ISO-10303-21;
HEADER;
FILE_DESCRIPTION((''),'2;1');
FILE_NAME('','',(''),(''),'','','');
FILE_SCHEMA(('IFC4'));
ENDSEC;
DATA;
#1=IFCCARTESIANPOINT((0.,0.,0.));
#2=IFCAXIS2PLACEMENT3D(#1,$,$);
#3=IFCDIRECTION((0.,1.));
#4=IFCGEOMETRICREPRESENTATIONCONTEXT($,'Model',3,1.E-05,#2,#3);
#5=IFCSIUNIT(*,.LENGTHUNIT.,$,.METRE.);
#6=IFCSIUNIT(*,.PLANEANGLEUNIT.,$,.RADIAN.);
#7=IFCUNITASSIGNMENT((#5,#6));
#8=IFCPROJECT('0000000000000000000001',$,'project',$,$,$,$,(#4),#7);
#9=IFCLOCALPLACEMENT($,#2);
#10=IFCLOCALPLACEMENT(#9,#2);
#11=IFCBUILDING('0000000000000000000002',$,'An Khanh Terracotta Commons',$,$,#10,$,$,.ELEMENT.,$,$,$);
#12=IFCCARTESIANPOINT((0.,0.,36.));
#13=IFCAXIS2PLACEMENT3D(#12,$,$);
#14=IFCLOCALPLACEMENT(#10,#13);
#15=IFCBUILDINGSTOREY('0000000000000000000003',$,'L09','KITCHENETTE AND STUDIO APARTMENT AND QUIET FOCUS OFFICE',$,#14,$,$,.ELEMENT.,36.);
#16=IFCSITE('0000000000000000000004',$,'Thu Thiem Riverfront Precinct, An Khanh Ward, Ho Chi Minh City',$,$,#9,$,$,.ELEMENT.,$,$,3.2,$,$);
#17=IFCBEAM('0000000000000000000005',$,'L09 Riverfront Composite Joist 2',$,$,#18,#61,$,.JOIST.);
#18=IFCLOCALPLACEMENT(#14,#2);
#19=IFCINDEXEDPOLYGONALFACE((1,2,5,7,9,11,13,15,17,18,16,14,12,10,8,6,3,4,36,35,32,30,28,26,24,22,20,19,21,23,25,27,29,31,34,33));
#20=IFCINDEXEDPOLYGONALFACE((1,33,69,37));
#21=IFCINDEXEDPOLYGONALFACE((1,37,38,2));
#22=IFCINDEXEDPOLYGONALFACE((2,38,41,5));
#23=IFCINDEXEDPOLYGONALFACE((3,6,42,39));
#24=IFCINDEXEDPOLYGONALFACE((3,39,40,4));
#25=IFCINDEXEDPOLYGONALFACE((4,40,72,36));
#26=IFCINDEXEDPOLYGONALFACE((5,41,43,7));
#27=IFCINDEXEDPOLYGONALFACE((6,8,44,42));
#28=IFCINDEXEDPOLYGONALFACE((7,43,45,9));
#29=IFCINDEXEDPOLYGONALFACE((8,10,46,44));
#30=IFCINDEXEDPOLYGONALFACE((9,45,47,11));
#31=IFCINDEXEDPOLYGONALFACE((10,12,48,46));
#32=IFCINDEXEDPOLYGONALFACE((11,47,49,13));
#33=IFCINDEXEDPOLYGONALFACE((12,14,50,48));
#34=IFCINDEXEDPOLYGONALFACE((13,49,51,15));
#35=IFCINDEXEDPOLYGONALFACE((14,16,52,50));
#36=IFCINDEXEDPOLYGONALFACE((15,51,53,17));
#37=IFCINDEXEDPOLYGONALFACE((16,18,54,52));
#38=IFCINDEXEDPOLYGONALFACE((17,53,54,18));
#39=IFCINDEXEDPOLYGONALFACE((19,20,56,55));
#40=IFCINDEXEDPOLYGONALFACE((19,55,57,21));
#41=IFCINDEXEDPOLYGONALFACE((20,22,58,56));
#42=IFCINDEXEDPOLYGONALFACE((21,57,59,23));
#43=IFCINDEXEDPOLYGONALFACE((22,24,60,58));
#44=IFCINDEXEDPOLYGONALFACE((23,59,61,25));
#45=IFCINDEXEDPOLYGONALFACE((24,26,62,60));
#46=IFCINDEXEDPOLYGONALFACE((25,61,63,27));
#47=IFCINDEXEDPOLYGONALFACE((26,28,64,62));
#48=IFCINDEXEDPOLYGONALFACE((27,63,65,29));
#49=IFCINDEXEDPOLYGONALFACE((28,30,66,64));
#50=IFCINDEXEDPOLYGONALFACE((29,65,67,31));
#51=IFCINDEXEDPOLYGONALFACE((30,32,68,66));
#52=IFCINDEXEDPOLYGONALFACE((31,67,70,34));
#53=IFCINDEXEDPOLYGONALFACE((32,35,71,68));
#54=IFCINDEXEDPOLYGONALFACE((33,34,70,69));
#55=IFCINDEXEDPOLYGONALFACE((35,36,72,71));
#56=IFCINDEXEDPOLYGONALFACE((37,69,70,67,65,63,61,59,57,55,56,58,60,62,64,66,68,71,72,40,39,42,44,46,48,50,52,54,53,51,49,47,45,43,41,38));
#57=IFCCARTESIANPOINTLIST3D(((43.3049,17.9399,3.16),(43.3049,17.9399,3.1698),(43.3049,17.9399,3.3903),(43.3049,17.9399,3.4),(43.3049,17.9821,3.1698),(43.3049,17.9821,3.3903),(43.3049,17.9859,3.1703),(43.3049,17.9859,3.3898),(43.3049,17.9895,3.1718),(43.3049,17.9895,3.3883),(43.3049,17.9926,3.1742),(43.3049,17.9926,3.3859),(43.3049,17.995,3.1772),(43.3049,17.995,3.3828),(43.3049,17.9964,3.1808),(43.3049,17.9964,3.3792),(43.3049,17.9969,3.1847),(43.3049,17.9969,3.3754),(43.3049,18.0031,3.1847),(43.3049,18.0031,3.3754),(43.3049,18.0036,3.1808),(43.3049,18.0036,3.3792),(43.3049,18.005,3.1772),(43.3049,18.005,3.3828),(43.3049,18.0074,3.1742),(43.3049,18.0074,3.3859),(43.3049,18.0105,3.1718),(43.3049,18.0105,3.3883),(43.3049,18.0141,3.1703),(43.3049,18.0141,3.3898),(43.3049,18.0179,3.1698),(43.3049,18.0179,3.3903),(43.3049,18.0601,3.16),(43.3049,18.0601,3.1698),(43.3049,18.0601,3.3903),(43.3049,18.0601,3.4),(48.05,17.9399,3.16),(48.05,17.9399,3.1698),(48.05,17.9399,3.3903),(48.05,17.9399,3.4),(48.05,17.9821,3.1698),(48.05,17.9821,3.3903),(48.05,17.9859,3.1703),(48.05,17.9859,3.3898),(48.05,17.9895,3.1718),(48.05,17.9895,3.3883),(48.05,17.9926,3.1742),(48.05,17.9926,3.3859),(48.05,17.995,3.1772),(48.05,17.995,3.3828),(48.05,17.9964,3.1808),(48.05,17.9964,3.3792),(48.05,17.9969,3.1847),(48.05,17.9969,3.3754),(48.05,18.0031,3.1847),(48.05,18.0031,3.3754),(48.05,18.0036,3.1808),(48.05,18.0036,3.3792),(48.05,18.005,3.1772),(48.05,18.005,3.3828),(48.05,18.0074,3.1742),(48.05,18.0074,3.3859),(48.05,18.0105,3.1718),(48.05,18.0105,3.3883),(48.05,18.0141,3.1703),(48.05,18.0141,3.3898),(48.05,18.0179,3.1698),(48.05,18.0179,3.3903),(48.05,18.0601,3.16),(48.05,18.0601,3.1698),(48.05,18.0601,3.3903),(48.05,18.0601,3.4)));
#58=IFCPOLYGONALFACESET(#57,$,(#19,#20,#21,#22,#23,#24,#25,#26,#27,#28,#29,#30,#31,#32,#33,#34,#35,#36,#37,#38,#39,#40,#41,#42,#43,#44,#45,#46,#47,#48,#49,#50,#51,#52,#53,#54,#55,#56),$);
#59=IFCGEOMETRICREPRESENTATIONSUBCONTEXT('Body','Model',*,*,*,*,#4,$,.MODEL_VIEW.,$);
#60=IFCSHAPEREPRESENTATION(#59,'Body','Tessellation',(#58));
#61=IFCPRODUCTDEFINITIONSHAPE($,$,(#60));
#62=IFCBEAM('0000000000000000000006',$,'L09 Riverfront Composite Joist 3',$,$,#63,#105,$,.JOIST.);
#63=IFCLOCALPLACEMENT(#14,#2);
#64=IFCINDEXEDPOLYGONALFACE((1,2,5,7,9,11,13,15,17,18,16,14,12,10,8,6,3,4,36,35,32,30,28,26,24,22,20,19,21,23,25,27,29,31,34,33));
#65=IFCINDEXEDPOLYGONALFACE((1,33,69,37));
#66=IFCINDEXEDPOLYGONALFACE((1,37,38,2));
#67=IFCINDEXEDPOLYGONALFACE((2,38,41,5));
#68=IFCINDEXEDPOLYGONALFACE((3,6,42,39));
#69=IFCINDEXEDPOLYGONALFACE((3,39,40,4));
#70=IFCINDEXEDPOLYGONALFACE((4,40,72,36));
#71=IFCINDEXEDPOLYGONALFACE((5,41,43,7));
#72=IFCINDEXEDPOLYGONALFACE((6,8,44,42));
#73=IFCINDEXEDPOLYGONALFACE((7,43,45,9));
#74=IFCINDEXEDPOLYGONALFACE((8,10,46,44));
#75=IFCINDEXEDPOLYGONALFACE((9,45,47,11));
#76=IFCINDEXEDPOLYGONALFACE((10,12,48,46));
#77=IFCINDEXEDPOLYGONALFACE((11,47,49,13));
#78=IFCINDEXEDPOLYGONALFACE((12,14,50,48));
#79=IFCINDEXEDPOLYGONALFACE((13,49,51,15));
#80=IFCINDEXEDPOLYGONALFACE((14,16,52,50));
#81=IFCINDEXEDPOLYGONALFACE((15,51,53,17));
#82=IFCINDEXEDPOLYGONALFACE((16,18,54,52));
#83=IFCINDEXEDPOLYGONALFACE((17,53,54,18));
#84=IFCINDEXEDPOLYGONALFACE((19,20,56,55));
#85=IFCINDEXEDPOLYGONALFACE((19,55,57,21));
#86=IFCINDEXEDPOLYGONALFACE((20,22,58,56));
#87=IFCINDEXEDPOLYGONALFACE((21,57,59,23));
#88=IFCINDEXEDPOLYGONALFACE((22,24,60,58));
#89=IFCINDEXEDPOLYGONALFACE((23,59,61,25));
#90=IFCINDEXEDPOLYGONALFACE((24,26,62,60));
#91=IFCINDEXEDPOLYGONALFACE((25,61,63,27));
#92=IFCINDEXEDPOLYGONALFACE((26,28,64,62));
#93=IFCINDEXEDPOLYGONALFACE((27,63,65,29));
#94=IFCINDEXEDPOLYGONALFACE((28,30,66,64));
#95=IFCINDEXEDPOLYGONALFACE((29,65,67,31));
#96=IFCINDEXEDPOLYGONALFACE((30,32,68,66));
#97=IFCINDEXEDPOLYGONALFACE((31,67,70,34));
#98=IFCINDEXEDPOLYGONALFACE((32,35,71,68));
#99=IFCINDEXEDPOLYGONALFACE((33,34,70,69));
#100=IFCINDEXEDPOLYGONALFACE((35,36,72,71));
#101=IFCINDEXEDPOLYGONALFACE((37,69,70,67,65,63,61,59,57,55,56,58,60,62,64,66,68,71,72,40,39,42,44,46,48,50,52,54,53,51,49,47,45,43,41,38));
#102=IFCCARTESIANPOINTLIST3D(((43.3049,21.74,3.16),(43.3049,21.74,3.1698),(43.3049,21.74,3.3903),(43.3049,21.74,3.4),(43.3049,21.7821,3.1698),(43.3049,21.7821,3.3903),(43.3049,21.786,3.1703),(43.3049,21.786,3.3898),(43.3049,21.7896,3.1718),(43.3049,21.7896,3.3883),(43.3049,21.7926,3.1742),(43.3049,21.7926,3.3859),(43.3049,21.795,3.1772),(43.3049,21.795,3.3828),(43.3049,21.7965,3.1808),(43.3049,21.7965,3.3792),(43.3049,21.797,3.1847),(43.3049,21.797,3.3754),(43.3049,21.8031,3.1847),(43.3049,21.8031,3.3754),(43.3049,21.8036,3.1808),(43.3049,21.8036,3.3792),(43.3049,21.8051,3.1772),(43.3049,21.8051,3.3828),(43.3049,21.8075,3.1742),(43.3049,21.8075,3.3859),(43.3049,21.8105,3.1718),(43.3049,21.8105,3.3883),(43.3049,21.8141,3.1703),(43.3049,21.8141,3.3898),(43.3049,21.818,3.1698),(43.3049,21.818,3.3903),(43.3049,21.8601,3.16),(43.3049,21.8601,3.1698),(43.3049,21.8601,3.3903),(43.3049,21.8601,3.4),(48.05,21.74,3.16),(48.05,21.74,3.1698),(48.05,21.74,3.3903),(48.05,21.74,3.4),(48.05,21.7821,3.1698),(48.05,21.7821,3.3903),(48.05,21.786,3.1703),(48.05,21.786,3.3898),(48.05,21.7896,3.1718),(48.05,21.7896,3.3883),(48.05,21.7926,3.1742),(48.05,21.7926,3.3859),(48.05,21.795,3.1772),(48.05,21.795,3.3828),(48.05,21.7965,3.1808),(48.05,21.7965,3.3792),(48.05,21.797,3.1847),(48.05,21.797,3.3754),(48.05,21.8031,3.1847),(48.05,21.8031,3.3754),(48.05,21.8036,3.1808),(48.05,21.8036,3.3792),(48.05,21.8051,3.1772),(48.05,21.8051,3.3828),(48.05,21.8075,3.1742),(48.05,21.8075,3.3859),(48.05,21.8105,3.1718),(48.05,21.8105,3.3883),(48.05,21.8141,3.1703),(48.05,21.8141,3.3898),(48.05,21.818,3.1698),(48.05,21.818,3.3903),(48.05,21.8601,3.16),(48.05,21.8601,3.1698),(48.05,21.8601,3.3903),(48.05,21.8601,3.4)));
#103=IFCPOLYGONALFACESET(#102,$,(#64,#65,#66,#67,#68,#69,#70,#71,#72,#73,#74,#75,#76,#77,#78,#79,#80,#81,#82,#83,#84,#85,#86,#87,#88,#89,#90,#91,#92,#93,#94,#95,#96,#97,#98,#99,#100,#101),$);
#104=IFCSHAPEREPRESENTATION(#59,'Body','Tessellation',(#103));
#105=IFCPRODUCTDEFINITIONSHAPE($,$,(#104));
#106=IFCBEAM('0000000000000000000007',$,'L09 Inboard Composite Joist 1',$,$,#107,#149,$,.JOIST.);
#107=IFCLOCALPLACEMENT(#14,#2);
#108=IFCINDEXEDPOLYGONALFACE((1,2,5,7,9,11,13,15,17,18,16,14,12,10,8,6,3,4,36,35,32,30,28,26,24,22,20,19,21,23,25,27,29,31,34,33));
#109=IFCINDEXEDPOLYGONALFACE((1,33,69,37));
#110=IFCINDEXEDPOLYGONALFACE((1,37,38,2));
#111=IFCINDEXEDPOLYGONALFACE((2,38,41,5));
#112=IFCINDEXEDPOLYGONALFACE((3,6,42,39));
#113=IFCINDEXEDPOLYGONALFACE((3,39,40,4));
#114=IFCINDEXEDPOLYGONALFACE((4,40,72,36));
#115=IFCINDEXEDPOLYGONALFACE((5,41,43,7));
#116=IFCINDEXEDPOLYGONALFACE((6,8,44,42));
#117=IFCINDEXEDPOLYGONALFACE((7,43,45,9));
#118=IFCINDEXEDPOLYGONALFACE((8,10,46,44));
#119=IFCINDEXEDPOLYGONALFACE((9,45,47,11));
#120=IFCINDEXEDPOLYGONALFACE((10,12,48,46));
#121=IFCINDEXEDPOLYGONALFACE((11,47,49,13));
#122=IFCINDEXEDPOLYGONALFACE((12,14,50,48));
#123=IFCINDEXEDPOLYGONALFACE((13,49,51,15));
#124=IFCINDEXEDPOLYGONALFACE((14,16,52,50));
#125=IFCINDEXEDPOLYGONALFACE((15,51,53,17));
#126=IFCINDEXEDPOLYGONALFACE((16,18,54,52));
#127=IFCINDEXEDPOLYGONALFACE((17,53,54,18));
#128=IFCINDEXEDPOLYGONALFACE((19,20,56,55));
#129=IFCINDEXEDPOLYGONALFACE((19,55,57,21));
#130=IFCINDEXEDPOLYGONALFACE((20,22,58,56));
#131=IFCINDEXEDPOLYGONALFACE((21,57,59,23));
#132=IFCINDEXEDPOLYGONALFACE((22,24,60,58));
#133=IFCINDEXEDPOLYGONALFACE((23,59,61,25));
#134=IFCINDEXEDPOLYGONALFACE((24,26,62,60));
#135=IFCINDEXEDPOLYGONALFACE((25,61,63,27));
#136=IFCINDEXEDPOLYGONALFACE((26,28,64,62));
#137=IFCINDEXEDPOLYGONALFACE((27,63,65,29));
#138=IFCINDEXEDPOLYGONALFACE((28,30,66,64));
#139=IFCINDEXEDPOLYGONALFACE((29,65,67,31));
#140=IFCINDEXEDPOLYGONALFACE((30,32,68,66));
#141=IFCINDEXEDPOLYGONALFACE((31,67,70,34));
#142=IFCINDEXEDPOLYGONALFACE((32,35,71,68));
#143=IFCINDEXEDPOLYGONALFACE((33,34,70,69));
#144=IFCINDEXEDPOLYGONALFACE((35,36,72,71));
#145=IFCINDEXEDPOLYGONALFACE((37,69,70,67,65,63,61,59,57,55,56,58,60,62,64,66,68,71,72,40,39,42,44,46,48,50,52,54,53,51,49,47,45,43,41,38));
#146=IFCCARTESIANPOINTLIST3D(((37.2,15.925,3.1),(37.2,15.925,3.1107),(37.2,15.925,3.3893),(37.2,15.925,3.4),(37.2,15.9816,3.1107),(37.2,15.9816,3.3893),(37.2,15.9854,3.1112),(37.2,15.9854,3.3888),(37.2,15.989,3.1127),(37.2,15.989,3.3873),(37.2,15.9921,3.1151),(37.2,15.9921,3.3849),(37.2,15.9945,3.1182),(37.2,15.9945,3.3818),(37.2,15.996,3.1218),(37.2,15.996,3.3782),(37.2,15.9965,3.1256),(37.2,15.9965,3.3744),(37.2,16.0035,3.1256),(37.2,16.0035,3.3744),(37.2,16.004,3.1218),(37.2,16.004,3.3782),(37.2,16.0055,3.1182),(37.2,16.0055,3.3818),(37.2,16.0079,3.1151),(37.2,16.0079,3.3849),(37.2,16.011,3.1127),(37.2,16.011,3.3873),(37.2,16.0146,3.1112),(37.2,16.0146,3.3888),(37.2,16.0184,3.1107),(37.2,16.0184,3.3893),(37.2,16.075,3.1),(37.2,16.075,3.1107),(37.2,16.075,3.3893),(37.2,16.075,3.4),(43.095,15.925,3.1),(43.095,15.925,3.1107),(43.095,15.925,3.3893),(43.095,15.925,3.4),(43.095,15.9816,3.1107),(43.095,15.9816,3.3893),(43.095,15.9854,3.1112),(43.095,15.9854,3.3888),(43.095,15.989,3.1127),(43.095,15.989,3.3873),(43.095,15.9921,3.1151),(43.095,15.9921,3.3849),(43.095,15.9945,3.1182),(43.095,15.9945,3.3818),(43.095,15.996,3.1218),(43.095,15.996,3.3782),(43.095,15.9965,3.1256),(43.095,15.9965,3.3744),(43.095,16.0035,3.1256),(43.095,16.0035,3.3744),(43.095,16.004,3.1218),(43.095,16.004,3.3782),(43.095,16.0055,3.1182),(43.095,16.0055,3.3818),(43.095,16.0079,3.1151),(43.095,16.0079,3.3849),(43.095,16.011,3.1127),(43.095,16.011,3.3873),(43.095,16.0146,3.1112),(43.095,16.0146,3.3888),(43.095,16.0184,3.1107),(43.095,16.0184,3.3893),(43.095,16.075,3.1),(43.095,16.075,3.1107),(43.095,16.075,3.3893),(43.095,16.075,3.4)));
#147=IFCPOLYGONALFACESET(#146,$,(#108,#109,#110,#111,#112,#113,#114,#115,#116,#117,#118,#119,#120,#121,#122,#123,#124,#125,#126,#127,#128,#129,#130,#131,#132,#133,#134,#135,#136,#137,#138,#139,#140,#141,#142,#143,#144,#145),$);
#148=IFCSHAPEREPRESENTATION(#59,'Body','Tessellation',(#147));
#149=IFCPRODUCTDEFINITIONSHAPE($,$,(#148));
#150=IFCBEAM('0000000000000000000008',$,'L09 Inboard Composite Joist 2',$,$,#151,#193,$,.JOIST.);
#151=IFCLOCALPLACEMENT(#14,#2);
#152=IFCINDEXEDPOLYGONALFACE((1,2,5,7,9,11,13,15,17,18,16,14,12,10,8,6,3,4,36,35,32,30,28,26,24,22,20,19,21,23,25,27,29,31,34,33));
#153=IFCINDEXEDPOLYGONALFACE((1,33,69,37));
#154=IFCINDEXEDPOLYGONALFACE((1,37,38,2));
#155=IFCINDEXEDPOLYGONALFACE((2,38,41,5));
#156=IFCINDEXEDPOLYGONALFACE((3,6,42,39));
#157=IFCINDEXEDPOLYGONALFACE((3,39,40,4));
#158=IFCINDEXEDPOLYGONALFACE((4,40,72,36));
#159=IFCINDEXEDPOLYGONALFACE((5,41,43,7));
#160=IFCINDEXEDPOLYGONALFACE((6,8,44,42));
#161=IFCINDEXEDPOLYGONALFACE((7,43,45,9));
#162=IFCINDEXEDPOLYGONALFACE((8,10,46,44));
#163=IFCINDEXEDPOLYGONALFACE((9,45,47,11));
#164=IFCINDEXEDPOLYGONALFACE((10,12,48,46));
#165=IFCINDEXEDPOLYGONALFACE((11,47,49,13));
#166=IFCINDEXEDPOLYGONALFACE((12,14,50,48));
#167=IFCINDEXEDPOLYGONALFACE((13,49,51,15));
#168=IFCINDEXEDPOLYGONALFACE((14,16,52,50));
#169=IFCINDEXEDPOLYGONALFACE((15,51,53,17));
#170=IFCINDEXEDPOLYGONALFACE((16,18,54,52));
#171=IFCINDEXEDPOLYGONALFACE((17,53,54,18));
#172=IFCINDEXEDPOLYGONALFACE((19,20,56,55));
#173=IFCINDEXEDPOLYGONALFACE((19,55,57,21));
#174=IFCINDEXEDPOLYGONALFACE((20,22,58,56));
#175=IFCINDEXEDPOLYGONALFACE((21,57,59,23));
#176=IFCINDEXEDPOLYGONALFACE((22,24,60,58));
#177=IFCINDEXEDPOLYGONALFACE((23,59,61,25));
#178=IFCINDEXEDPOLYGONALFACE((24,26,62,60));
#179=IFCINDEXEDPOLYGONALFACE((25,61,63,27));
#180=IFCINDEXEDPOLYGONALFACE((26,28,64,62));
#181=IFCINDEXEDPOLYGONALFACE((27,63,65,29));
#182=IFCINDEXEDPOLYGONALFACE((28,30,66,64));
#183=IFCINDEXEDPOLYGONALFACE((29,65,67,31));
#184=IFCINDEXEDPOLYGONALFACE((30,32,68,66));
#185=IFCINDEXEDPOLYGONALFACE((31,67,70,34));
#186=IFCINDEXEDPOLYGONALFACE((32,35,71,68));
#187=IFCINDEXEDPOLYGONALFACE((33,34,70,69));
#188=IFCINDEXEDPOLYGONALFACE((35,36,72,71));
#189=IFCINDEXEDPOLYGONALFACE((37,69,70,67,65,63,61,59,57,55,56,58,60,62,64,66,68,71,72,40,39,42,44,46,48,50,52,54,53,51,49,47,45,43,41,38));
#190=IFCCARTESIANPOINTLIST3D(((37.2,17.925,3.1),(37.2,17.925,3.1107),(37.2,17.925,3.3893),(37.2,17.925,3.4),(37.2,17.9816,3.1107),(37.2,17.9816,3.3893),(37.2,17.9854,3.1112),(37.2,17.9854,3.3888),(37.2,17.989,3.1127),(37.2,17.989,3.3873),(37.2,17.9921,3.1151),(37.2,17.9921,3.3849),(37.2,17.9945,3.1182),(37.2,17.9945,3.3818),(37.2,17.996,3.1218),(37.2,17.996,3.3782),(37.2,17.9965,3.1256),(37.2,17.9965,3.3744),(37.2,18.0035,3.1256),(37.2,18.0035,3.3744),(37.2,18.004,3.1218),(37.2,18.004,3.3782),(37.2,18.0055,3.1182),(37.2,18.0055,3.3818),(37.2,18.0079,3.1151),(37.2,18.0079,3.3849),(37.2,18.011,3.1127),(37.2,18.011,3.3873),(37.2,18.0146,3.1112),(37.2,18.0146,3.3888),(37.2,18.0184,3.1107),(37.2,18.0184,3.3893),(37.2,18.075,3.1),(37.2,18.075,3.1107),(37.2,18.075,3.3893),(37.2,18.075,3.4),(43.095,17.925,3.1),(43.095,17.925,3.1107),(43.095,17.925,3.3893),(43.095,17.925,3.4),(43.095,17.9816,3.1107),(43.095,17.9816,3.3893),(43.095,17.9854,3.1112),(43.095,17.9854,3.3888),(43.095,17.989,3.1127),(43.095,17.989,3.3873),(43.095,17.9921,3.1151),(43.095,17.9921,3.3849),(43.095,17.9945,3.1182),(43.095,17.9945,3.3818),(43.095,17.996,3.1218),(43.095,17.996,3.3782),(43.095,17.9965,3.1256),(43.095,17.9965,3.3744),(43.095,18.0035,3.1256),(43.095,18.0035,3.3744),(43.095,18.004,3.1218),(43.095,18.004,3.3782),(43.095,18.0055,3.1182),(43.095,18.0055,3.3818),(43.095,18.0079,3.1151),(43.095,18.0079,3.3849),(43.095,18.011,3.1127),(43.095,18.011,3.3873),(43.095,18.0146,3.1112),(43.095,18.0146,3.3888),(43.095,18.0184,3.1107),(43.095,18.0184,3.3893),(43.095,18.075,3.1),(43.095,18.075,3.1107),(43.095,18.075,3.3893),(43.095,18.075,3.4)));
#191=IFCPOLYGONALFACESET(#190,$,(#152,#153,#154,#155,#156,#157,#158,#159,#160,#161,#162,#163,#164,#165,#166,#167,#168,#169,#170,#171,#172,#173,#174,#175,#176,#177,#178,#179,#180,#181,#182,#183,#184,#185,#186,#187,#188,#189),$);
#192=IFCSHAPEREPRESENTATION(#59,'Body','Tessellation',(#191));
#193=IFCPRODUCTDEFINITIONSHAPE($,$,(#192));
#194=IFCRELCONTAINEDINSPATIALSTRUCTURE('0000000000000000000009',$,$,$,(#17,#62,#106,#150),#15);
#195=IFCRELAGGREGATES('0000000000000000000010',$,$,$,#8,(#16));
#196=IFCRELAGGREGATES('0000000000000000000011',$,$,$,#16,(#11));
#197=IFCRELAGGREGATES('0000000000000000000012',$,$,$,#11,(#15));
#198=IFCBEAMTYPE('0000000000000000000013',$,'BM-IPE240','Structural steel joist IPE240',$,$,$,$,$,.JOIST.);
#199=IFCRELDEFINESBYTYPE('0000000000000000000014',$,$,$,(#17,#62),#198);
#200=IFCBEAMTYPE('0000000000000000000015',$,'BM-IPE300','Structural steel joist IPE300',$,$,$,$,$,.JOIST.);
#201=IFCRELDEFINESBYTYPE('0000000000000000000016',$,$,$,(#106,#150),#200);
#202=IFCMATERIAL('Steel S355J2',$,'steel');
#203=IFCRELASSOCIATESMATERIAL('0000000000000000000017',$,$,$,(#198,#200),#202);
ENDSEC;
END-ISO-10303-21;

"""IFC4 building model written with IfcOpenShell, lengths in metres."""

from ifc_helpers import new_model, si_unit, direction, frame, origin, origin_2d, place, context, subcontext, project, spatial, i_section, extrude, material, material_profile, profile_set, type_object, element, save


model = new_model("IFC4")

# Units and contexts
model_context = context("Model", 3, precision=1e-05, world=origin(), true_north=direction((0.0, 1.0)))
body_context = subcontext(model_context, "Body", "Model", "MODEL_VIEW")
ifc_project = project(units=[si_unit("LENGTHUNIT", "METRE"), si_unit("PLANEANGLEUNIT", "RADIAN")], contexts=[model_context])

# Site, building, storey
site_placement = place(None, origin())
site = spatial("IfcSite", under=ifc_project, at=site_placement, Name="Thu Thiem Riverfront Precinct, An Khanh Ward, Ho Chi Minh City", CompositionType="ELEMENT", RefElevation=3.2)
building_placement = place(site_placement, origin())
building = spatial("IfcBuilding", under=site, at=building_placement, Name="An Khanh Terracotta Commons", CompositionType="ELEMENT")
storey_placement = place(building_placement, frame((0.0, 0.0, 36.0)))
storey = spatial("IfcBuildingStorey", under=building, at=storey_placement, Name="L09", Description="KITCHENETTE AND STUDIO APARTMENT AND QUIET FOCUS OFFICE", CompositionType="ELEMENT", Elevation=36.0)

# Beams
ifc_material_1 = material(Name="Steel S355J2", Category="steel")
ifc_material_profile_1 = material_profile(ifc_material_1, i_section(OverallWidth=0.1201, OverallDepth=0.24, WebThickness=0.0061, FlangeThickness=0.0098, FilletRadius=0.0149, at=origin_2d()), Name="IPE240")
ifc_profile_set_1 = profile_set([ifc_material_profile_1], Name="Steel S355J2")
beam_type_1 = type_object("IfcBeamType", Name="BM-IPE240", Description="Structural steel joist IPE240", PredefinedType="JOIST", material=ifc_profile_set_1)
for number, where, z_axis, x_axis, name in (
    (1, (43.3049, 18.0, 3.28), (1.0, 0.0, 0.0), (0.0, 1.0, 0.0), "L09 Riverfront Composite Joist 2"),
    (2, (43.3049, 21.8, 3.28), (1.0, 0.0, 0.0), (0.0, 1.0, 0.0), "L09 Riverfront Composite Joist 3"),
):
    element("IfcBeam", number, at=place(storey_placement, frame(where, z_axis=z_axis, x_axis=x_axis)), inside=storey, type_object=beam_type_1, Name=name, PredefinedType="JOIST", context=body_context, shape_type="SweptSolid", body=[
        extrude(i_section(OverallWidth=0.1201, OverallDepth=0.24, WebThickness=0.0061, FlangeThickness=0.0098, FilletRadius=0.0149, at=origin_2d()), origin(), (0.0, 0.0, 1.0), 4.7451),
    ])
ifc_material_profile_2 = material_profile(ifc_material_1, i_section(OverallWidth=0.1499, OverallDepth=0.3, WebThickness=0.0071, FlangeThickness=0.0107, FilletRadius=0.0149, at=origin_2d()), Name="IPE300")
ifc_profile_set_2 = profile_set([ifc_material_profile_2], Name="Steel S355J2")
beam_type_2 = type_object("IfcBeamType", Name="BM-IPE300", Description="Structural steel joist IPE300", PredefinedType="JOIST", material=ifc_profile_set_2)
for number, where, z_axis, x_axis, name in (
    (3, (37.2, 16.0, 3.25), (1.0, 0.0, 0.0), (0.0, 1.0, 0.0), "L09 Inboard Composite Joist 1"),
    (4, (37.2, 18.0, 3.25), (1.0, 0.0, 0.0), (0.0, 1.0, 0.0), "L09 Inboard Composite Joist 2"),
):
    element("IfcBeam", number, at=place(storey_placement, frame(where, z_axis=z_axis, x_axis=x_axis)), inside=storey, type_object=beam_type_2, Name=name, PredefinedType="JOIST", context=body_context, shape_type="SweptSolid", body=[
        extrude(i_section(OverallWidth=0.1499, OverallDepth=0.3, WebThickness=0.0071, FlangeThickness=0.0107, FilletRadius=0.0149, at=origin_2d()), origin(), (0.0, 0.0, 1.0), 5.895),
    ])

save(model, "model.ifc")
